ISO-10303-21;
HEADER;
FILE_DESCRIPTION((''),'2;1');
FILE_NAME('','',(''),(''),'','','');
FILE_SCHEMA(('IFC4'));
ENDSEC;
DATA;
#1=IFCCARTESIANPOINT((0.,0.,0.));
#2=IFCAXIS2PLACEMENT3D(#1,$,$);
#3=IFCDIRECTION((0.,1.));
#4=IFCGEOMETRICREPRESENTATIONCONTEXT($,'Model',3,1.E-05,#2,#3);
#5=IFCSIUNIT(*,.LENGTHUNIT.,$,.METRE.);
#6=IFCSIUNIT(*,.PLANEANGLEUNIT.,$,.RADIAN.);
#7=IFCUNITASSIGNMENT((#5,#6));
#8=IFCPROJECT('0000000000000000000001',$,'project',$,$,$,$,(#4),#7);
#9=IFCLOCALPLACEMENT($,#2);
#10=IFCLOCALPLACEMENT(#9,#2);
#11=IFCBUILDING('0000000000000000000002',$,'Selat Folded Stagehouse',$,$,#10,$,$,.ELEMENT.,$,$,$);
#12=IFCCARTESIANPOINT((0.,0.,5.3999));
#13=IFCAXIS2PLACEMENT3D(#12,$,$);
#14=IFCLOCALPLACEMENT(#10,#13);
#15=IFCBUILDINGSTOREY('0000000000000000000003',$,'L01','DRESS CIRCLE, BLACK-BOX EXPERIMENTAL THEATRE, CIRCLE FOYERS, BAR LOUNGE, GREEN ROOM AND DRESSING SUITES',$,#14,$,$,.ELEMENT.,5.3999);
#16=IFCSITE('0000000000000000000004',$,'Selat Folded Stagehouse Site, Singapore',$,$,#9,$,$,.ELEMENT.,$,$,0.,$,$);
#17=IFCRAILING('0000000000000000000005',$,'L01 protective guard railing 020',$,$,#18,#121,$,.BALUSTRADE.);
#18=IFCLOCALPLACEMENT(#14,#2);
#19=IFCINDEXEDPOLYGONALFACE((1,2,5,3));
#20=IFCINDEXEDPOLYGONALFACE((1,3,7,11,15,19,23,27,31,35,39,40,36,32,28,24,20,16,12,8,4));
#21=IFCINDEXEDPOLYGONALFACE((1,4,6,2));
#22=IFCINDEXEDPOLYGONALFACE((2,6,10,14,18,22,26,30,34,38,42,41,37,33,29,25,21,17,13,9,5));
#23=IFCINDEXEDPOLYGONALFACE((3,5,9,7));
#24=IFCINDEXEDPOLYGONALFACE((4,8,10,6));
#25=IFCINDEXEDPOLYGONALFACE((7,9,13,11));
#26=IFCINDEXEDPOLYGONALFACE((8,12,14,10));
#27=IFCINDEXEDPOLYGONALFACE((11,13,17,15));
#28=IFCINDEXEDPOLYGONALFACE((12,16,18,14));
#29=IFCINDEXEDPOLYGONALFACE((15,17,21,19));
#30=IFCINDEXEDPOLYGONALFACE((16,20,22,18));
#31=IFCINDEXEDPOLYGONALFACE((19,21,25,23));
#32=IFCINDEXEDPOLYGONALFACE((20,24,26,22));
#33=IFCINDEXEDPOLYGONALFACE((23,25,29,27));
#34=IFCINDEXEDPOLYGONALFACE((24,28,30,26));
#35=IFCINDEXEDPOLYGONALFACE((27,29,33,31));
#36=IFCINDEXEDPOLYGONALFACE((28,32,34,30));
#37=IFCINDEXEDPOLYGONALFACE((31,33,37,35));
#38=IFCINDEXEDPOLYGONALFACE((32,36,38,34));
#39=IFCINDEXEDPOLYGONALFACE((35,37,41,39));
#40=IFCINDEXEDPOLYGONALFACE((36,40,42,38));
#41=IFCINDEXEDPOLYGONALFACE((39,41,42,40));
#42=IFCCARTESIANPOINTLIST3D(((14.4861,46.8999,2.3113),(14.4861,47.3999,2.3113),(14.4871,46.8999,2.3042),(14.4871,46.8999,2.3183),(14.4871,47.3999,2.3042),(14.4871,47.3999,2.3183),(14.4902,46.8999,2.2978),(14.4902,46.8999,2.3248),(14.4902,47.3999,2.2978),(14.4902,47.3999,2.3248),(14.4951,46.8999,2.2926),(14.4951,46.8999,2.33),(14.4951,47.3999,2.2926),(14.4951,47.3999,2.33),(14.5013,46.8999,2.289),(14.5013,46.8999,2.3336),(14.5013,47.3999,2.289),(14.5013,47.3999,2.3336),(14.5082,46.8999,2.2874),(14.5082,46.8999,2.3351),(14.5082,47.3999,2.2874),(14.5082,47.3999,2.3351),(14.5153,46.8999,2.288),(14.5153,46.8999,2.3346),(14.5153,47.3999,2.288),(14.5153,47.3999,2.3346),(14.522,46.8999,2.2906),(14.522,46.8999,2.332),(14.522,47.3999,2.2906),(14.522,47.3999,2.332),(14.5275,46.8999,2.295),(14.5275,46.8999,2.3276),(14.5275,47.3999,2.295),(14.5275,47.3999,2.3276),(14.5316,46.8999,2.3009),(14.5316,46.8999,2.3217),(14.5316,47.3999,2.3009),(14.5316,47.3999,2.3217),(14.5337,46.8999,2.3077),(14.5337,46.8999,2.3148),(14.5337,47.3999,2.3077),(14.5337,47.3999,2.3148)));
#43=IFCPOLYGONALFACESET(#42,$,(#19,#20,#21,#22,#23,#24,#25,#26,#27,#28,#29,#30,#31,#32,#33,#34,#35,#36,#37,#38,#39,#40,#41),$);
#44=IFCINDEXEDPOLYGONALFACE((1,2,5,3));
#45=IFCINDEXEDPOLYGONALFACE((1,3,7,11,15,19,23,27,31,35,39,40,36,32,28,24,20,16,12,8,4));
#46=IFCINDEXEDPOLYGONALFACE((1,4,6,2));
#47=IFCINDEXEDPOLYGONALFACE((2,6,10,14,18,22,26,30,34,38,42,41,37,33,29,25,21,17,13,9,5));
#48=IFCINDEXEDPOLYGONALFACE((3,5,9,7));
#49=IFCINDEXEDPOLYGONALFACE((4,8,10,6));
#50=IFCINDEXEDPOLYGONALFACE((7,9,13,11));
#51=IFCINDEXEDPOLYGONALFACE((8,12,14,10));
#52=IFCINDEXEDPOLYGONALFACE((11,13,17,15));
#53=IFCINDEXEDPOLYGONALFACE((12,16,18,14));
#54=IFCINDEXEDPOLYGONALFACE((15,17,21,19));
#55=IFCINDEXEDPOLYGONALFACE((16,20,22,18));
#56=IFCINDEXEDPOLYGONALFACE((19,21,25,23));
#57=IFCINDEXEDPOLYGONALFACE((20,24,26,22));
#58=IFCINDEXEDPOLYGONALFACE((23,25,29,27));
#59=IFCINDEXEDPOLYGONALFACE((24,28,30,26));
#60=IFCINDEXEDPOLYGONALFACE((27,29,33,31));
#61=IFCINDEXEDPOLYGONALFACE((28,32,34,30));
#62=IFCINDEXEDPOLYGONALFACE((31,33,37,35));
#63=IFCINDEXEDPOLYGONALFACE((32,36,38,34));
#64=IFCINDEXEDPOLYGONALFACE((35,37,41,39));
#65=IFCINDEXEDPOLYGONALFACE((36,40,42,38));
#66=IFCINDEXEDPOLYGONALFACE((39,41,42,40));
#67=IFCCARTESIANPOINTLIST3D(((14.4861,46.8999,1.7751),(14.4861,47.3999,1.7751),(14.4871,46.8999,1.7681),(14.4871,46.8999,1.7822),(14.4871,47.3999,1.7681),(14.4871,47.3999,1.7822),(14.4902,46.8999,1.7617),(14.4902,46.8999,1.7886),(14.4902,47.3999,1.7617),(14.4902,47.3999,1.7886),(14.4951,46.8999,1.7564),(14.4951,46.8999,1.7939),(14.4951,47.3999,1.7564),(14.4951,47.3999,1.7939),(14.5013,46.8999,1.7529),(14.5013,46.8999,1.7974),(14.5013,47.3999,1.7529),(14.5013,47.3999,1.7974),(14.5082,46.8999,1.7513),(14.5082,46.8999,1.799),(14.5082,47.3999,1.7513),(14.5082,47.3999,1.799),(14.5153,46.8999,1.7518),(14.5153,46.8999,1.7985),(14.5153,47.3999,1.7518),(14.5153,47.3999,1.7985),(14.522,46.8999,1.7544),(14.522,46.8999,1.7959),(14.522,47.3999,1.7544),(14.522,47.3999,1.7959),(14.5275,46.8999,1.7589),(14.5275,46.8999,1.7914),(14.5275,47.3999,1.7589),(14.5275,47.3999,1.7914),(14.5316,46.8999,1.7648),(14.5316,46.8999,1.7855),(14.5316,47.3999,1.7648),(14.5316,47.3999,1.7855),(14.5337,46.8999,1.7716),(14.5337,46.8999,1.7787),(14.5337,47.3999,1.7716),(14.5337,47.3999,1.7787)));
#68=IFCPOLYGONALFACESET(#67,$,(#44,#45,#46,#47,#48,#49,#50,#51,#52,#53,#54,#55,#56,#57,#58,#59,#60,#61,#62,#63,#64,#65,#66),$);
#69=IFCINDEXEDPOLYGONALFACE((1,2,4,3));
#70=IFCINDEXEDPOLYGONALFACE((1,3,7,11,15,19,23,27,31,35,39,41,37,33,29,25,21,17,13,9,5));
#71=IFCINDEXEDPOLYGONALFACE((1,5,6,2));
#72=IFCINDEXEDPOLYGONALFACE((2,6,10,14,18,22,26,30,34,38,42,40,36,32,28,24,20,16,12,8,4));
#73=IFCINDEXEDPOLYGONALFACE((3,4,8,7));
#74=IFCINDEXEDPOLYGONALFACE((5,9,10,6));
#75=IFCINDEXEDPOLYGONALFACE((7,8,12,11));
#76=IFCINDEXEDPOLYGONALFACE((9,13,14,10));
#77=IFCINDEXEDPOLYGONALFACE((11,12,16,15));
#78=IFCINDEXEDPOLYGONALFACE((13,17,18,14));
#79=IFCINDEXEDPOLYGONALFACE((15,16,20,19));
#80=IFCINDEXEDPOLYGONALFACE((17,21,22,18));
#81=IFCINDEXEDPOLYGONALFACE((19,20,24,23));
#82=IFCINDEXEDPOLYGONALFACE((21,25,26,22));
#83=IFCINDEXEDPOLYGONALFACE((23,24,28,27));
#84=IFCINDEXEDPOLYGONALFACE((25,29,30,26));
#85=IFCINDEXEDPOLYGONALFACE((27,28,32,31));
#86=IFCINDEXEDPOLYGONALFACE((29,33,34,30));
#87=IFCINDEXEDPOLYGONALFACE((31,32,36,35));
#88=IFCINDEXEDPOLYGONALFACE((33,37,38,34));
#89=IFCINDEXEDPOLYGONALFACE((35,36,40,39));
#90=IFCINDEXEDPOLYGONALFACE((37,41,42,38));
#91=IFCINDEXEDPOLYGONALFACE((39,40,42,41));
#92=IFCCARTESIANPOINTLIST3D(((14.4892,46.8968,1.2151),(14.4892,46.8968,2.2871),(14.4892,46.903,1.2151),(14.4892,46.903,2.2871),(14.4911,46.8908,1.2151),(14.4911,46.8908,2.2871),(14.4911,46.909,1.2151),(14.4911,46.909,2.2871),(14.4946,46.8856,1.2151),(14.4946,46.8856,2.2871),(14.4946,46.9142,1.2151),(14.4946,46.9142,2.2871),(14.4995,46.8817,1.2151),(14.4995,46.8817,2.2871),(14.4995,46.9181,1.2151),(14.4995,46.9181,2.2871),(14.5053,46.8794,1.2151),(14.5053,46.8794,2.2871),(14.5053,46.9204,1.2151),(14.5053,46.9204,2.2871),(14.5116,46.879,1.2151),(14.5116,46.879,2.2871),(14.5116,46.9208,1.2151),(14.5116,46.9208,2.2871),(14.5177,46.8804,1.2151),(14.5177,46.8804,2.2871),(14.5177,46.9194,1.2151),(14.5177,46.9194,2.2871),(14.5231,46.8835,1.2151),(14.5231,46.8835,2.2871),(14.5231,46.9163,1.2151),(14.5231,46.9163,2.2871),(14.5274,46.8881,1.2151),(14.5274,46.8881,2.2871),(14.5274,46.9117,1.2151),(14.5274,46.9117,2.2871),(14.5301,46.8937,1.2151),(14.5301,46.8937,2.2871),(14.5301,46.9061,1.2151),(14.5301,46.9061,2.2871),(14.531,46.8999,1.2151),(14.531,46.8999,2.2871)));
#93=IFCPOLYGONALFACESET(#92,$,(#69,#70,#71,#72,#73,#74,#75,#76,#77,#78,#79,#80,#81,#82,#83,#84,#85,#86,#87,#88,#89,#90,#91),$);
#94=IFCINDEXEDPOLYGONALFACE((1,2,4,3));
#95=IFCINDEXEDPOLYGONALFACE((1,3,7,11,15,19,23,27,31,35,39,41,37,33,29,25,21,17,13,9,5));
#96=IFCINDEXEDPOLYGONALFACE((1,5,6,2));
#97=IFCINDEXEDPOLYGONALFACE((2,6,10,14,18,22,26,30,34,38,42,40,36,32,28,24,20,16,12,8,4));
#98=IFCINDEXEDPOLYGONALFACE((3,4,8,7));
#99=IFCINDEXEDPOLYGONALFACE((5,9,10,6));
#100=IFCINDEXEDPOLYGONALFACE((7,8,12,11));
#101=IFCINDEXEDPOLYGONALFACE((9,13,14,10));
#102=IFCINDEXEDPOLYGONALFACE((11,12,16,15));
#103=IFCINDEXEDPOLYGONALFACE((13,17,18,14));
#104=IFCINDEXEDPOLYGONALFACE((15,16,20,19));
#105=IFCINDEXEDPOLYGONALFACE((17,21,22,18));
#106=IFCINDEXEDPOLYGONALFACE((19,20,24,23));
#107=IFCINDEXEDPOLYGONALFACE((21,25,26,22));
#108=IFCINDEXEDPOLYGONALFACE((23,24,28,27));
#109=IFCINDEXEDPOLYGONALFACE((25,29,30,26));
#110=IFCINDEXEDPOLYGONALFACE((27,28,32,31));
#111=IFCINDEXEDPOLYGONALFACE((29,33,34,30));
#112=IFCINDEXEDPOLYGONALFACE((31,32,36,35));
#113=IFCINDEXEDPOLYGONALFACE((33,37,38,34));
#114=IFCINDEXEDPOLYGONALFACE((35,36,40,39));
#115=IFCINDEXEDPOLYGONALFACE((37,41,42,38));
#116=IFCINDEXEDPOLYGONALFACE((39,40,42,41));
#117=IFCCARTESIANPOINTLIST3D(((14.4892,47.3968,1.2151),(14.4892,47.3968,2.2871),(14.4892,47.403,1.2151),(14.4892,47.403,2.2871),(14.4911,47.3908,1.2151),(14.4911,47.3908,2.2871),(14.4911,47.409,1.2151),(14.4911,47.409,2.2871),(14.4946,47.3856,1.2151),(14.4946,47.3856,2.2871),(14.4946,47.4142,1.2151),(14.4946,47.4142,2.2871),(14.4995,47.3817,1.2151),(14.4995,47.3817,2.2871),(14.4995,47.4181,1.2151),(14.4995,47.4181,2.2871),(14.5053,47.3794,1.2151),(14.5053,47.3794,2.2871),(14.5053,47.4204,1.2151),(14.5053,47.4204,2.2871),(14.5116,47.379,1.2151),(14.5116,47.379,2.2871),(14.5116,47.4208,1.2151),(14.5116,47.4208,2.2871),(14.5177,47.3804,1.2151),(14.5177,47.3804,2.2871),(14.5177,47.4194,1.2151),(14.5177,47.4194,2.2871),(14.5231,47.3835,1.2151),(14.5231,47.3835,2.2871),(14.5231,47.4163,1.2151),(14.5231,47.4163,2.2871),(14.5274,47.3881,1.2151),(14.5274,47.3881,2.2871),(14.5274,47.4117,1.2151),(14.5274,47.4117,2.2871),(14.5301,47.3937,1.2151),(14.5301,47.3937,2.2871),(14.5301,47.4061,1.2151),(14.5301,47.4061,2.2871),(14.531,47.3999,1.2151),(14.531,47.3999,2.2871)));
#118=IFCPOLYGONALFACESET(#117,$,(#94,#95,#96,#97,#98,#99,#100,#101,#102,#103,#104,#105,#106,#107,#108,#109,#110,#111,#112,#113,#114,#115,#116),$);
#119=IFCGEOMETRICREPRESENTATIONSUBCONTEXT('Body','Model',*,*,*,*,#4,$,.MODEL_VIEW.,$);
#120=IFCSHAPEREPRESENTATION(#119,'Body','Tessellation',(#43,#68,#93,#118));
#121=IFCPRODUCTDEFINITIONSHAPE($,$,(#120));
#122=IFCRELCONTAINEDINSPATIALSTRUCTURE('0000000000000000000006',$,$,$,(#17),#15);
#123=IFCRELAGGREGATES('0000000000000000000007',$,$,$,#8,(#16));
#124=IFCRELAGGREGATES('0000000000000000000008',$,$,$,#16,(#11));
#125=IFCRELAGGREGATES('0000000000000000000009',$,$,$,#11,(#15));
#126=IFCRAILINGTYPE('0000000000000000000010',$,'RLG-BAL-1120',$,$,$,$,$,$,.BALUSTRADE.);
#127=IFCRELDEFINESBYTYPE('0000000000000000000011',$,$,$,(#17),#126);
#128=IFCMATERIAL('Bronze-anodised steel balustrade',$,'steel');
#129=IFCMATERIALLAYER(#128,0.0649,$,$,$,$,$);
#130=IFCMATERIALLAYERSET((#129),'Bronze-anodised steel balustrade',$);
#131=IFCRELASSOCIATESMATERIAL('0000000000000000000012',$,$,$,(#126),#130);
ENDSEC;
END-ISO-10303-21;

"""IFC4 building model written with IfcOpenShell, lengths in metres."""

from ifc_helpers import new_model, si_unit, direction, frame, origin, origin_2d, place, context, subcontext, project, spatial, circle, extrude, material, layer, layer_set, type_object, element, save


model = new_model("IFC4")

# Units and contexts
model_context = context("Model", 3, precision=1e-05, world=origin(), true_north=direction((0.0, 1.0)))
body_context = subcontext(model_context, "Body", "Model", "MODEL_VIEW")
ifc_project = project(units=[si_unit("LENGTHUNIT", "METRE"), si_unit("PLANEANGLEUNIT", "RADIAN")], contexts=[model_context])

# Site, building, storey
site_placement = place(None, origin())
site = spatial("IfcSite", under=ifc_project, at=site_placement, Name="Selat Folded Stagehouse Site, Singapore", CompositionType="ELEMENT", RefElevation=0.0)
building_placement = place(site_placement, origin())
building = spatial("IfcBuilding", under=site, at=building_placement, Name="Selat Folded Stagehouse", CompositionType="ELEMENT")
storey_placement = place(building_placement, frame((0.0, 0.0, 5.3999)))
storey = spatial("IfcBuildingStorey", under=building, at=storey_placement, Name="L01", Description="DRESS CIRCLE, BLACK-BOX EXPERIMENTAL THEATRE, CIRCLE FOYERS, BAR LOUNGE, GREEN ROOM AND DRESSING SUITES", CompositionType="ELEMENT", Elevation=5.3999)

# Railing
ifc_material_1 = material(Name="Bronze-anodised steel balustrade", Category="steel")
ifc_layer_1 = layer(ifc_material_1, 0.0649)
ifc_layer_set_1 = layer_set([ifc_layer_1], Name="Bronze-anodised steel balustrade")
railing_type = type_object("IfcRailingType", Name="RLG-BAL-1120", PredefinedType="BALUSTRADE", material=ifc_layer_set_1)
railing_placement = place(storey_placement, frame((14.51, 46.8999, 1.2151)))
element("IfcRailing", 1, at=railing_placement, inside=storey, type_object=railing_type, Name="L01 protective guard railing 020", PredefinedType="BALUSTRADE", context=body_context, shape_type="SweptSolid", body=[
    extrude(circle(Radius=0.0239, at=origin_2d()), frame((0.0, 0.0, 1.0962), z_axis=(0.0, 1.0, 0.0), x_axis=(-1.0, 0.0, 0.0)), (0.0, 0.0, 1.0), 0.5),
    extrude(circle(Radius=0.0239, at=origin_2d()), frame((0.0, 0.0, 0.5601), z_axis=(0.0, 1.0, 0.0), x_axis=(-1.0, 0.0, 0.0)), (0.0, 0.0, 1.0), 0.5),
    extrude(circle(Radius=0.021, at=origin_2d()), origin(), (0.0, 0.0, 1.0), 1.072),
    extrude(circle(Radius=0.021, at=origin_2d()), frame((0.0, 0.5, 0.0)), (0.0, 0.0, 1.0), 1.072),
])

save(model, "model.ifc")
